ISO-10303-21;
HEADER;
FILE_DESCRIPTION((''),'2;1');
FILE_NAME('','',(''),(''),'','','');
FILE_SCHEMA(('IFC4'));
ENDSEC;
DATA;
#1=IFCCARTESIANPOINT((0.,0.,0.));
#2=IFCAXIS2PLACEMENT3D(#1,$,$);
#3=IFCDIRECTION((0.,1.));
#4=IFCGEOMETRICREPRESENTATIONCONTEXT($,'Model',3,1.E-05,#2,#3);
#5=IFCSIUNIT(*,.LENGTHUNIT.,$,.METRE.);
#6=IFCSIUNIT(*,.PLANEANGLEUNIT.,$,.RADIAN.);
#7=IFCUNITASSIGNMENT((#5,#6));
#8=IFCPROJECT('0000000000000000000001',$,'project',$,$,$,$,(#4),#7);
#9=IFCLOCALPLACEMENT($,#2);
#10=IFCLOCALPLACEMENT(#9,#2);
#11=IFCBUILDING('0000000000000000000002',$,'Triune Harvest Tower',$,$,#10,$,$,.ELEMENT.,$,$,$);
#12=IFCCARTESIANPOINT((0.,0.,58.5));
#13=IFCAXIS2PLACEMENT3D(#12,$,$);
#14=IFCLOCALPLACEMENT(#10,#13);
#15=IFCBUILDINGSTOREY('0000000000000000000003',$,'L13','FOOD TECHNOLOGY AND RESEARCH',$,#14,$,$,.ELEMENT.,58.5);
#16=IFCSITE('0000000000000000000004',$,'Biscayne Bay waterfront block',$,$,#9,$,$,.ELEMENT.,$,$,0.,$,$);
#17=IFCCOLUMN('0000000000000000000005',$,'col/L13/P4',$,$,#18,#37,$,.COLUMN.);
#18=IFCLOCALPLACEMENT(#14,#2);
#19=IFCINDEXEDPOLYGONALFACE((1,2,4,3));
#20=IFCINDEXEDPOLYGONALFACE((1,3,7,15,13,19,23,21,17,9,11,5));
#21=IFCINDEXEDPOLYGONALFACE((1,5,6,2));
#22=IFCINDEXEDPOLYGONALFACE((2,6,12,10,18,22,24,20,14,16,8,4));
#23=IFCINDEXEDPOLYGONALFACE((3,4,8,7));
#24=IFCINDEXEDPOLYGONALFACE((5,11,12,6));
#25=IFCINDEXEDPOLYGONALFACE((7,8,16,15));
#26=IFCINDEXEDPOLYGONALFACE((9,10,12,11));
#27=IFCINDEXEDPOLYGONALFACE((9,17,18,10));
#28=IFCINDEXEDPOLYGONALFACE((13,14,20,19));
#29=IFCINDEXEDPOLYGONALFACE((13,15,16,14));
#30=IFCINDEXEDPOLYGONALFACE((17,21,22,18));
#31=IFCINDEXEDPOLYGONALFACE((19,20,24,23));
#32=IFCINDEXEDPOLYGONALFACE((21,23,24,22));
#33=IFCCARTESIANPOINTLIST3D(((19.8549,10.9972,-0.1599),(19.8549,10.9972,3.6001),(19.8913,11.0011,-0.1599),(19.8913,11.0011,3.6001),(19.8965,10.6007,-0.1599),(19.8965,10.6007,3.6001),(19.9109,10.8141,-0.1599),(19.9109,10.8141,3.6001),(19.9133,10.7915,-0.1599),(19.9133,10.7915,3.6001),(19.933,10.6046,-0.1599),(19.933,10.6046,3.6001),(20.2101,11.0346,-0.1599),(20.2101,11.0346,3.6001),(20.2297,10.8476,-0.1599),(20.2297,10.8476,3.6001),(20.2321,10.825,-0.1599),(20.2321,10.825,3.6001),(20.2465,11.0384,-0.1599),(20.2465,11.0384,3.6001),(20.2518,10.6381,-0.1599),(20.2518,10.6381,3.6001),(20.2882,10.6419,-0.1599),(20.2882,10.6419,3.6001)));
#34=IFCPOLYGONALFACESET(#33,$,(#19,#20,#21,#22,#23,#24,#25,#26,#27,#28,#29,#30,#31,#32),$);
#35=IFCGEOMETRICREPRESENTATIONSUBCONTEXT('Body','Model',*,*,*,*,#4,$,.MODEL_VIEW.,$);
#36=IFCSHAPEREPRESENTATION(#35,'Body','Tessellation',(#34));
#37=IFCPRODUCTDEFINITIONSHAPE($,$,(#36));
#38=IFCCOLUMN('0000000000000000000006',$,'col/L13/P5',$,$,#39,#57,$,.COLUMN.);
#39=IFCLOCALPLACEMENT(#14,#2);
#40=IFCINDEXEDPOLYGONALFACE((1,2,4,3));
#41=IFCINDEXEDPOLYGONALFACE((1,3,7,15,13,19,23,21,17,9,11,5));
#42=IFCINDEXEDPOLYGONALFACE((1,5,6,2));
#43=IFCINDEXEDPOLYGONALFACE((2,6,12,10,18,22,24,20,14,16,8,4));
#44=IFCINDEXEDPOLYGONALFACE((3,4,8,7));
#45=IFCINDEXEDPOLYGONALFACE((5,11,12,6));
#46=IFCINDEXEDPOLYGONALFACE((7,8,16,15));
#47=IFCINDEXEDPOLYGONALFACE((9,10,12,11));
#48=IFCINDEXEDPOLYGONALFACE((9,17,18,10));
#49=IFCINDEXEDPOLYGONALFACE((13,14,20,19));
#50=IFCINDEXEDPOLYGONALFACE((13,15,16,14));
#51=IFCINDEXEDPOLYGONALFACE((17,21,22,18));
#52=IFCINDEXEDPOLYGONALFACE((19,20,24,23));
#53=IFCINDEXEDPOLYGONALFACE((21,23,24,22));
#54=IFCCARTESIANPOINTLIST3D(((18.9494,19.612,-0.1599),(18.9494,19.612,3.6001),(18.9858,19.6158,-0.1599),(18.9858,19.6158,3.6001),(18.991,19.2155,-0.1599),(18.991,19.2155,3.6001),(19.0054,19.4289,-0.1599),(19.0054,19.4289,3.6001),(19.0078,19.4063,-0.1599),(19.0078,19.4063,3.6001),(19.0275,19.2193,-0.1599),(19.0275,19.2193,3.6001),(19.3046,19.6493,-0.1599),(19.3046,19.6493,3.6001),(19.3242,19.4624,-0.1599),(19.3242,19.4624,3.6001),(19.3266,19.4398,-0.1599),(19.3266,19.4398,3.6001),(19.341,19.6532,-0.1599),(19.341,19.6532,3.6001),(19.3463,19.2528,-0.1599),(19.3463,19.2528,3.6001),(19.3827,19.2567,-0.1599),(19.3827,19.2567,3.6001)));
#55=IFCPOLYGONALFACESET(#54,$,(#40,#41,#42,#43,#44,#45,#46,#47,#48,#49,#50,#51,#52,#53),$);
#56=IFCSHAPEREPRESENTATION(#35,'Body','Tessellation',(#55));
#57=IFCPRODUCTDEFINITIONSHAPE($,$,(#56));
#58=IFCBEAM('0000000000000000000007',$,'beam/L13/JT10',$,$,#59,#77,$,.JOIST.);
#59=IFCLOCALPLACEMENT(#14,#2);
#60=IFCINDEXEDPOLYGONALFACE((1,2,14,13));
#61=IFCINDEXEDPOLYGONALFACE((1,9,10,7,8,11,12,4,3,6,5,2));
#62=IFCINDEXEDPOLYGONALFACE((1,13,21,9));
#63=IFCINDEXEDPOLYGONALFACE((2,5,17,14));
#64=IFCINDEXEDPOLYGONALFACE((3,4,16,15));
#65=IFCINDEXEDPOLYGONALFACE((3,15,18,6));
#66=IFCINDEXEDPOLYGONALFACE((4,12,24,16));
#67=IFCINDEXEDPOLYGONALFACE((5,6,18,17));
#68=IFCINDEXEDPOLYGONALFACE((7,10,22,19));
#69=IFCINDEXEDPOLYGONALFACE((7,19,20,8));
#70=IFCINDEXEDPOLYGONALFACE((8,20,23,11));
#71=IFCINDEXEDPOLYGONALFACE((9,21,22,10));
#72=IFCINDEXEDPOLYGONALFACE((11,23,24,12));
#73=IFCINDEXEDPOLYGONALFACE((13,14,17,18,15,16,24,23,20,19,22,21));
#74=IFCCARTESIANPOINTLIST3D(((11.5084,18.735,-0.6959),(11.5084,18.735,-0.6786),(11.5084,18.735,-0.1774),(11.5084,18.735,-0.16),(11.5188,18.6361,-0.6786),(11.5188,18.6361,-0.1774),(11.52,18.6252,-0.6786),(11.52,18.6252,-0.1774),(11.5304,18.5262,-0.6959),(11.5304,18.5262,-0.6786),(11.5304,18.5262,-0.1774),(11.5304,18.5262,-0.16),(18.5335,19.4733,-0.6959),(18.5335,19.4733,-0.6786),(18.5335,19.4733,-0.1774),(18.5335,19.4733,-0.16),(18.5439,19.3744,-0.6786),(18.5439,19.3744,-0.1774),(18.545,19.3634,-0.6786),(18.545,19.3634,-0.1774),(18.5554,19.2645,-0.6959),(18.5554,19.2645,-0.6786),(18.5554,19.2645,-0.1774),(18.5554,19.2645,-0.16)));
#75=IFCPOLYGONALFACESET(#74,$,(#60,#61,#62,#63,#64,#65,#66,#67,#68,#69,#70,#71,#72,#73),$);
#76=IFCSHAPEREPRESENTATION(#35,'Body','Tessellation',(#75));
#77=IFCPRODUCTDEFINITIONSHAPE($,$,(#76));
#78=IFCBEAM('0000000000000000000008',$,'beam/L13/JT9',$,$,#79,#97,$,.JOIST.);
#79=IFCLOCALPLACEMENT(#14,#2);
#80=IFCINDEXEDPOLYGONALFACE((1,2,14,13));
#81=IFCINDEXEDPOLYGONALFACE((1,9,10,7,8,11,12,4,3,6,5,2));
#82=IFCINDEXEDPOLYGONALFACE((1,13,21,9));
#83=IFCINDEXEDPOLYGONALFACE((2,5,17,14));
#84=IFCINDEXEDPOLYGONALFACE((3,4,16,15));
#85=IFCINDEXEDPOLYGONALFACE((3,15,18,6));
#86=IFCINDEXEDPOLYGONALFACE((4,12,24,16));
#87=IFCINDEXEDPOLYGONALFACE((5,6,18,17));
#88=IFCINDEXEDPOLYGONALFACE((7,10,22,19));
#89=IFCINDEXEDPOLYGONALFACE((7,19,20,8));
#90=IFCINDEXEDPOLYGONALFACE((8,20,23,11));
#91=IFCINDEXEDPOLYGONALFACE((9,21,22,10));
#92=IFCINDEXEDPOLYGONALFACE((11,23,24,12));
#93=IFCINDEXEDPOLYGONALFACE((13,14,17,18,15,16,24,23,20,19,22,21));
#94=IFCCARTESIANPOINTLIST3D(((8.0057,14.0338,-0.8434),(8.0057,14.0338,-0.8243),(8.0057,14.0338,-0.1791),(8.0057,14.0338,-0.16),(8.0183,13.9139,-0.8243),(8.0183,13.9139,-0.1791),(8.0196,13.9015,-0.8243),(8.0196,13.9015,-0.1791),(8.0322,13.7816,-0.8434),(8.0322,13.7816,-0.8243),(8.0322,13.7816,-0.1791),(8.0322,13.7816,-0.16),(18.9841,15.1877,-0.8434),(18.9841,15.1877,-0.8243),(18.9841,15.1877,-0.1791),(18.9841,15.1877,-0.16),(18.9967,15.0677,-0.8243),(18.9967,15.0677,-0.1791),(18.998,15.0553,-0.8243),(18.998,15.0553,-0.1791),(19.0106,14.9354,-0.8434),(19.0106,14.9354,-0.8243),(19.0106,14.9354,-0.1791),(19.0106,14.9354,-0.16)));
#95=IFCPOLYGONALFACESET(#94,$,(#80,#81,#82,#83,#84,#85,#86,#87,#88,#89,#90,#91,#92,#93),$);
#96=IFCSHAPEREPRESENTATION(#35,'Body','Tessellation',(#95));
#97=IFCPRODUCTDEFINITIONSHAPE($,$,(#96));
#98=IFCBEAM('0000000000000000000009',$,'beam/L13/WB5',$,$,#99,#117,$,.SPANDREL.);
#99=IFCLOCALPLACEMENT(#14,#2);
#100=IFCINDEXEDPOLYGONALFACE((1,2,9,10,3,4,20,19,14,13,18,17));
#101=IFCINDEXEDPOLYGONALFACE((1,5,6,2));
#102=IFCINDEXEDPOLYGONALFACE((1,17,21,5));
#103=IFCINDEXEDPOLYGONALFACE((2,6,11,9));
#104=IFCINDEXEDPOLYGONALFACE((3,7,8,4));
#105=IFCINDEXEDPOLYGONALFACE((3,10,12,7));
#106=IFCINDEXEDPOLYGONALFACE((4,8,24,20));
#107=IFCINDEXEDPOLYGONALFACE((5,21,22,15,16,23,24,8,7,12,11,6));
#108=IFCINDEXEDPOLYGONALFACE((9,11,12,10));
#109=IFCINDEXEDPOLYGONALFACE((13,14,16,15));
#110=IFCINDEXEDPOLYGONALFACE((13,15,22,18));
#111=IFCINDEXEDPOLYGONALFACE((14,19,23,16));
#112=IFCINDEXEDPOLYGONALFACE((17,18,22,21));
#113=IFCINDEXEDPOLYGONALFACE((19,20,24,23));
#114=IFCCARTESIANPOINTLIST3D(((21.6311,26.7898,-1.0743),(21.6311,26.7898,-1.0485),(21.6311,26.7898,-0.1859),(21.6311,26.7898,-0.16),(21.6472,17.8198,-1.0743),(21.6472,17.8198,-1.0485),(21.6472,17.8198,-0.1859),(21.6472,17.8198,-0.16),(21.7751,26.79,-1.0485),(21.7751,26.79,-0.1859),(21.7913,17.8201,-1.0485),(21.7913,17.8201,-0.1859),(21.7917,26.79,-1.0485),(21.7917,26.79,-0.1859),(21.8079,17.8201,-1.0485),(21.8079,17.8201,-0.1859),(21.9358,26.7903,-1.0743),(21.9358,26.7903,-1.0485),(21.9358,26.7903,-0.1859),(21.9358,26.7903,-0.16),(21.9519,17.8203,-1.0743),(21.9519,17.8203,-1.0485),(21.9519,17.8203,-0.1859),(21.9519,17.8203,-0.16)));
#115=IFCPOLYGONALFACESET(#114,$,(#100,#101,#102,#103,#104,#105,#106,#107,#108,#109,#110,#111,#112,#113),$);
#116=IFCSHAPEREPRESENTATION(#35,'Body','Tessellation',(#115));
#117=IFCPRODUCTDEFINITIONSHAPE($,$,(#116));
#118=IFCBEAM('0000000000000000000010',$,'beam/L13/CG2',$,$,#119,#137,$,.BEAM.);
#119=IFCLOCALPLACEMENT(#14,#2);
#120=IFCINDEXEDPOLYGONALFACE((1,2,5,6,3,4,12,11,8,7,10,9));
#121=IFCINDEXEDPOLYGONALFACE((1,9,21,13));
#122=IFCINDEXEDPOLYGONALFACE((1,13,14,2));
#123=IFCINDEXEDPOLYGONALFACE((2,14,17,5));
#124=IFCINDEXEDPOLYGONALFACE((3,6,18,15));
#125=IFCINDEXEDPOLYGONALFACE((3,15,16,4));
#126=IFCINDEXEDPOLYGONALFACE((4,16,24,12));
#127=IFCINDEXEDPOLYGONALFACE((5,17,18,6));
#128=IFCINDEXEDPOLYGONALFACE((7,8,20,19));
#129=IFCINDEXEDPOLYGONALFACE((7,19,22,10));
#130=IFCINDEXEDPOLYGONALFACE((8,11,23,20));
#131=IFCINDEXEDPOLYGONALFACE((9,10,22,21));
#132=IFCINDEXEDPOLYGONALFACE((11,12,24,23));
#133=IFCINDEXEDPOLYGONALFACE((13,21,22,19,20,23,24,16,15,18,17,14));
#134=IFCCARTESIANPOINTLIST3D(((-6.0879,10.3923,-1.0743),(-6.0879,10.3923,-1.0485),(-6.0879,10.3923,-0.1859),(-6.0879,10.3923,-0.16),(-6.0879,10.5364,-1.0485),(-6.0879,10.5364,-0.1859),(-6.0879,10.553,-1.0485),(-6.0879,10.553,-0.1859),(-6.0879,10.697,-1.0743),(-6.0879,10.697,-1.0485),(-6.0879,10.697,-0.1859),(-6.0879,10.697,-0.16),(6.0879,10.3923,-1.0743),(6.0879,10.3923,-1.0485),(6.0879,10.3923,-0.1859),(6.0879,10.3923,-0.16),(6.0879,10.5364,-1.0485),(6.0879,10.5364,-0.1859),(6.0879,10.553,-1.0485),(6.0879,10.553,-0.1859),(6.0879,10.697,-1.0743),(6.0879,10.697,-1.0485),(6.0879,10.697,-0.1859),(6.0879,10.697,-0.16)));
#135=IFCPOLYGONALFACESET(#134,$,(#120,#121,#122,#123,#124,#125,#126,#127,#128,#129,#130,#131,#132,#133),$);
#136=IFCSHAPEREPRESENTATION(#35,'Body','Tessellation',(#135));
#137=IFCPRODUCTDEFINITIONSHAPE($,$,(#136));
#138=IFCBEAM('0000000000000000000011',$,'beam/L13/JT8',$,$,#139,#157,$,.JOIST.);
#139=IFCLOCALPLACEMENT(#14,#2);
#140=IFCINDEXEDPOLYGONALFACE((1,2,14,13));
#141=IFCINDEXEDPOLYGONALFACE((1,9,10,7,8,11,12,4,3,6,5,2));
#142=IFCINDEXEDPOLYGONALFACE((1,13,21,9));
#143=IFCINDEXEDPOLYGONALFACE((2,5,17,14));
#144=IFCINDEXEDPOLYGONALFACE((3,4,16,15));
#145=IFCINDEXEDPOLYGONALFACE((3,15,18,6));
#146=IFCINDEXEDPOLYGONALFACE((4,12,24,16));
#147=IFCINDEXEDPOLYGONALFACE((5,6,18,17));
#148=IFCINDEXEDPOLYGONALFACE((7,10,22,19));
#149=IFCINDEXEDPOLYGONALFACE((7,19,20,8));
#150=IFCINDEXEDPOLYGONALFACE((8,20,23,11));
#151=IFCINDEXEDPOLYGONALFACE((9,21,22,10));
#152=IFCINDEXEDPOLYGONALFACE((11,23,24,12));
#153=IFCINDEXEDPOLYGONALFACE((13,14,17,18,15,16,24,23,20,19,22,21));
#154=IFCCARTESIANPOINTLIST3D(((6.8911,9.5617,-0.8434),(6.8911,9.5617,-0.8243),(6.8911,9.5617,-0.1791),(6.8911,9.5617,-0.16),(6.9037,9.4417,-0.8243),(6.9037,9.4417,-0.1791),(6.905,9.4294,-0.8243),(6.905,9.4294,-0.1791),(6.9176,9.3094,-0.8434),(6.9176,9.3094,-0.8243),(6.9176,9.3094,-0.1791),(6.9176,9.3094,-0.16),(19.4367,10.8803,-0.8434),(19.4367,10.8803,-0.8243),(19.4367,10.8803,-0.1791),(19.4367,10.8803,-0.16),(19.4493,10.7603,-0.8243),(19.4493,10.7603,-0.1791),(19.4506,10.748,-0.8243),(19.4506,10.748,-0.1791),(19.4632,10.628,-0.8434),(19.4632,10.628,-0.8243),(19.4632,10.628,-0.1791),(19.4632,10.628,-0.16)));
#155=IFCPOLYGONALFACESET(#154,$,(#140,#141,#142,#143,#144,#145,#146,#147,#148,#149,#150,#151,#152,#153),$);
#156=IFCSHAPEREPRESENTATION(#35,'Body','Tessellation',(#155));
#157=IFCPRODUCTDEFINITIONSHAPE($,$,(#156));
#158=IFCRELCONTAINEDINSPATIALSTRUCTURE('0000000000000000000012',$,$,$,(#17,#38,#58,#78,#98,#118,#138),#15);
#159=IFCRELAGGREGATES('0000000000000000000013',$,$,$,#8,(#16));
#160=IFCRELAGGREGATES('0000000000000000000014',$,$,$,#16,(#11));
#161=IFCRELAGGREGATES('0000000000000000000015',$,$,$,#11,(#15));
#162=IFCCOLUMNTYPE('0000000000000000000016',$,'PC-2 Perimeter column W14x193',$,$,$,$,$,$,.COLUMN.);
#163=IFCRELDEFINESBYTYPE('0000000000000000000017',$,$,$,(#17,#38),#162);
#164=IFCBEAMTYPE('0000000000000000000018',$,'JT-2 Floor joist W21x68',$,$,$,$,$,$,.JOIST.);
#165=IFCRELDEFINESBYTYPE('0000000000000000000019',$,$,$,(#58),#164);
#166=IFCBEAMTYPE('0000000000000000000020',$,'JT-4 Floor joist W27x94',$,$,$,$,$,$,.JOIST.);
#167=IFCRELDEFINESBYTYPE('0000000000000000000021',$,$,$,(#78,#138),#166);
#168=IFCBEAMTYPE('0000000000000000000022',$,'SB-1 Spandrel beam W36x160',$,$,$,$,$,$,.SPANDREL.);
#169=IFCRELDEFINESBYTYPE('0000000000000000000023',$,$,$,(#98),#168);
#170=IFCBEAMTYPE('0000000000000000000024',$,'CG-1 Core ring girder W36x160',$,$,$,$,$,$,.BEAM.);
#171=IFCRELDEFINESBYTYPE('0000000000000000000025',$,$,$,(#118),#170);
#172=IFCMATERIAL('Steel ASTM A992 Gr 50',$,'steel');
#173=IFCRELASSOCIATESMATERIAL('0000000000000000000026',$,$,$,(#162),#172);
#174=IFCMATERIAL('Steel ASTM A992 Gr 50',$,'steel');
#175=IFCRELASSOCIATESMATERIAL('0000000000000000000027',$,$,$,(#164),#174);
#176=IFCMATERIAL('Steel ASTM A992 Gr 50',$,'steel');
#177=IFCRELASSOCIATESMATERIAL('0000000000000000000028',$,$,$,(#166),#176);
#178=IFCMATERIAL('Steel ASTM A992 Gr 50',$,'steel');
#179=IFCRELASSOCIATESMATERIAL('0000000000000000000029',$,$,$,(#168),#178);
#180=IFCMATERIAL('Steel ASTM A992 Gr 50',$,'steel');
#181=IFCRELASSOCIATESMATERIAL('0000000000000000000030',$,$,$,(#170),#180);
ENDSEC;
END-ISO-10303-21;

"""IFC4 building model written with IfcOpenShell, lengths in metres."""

from ifc_helpers import new_model, si_unit, direction, frame, origin, origin_2d, place, context, subcontext, project, spatial, i_section, extrude, source, transform, mapped, material, material_profile, profile_set, type_object, element, save


model = new_model("IFC4")

# Units and contexts
model_context = context("Model", 3, precision=1e-05, world=origin(), true_north=direction((0.0, 1.0)))
body_context = subcontext(model_context, "Body", "Model", "MODEL_VIEW")
ifc_project = project(units=[si_unit("LENGTHUNIT", "METRE"), si_unit("PLANEANGLEUNIT", "RADIAN")], contexts=[model_context])

# Site, building, storey
site_placement = place(None, origin())
site = spatial("IfcSite", under=ifc_project, at=site_placement, Name="Biscayne Bay waterfront block", CompositionType="ELEMENT", RefElevation=0.0)
building_placement = place(site_placement, origin())
building = spatial("IfcBuilding", under=site, at=building_placement, Name="Triune Harvest Tower", CompositionType="ELEMENT")
storey_placement = place(building_placement, frame((0.0, 0.0, 58.5)))
storey = spatial("IfcBuildingStorey", under=building, at=storey_placement, Name="L13", Description="FOOD TECHNOLOGY AND RESEARCH", CompositionType="ELEMENT", Elevation=58.5)

# Columns
ifc_material_1 = material(Name="Steel ASTM A992 Gr 50", Category="steel")
ifc_material_profile_1 = material_profile(ifc_material_1, i_section(OverallWidth=0.3987, OverallDepth=0.3938, WebThickness=0.0227, FlangeThickness=0.0366, at=origin_2d()), Name="W14x193")
ifc_profile_set_1 = profile_set([ifc_material_profile_1], Name="Steel ASTM A992 Gr 50")
column_type = type_object("IfcColumnType", Name="PC-2 Perimeter column W14x193", PredefinedType="COLUMN", material=ifc_profile_set_1)
shared_shape_1 = source(origin(), body_context, "Body", "SweptSolid", [
    extrude(i_section(OverallWidth=0.3987, OverallDepth=0.3938, WebThickness=0.0227, FlangeThickness=0.0366, at=origin_2d()), origin(), (0.0, 0.0, 1.0), 3.76),
])
for number, where, z_axis, x_axis, name in (
    (1, (20.0715, 10.8196, -0.1599), (0.0, 0.0, 1.0), (-0.104527, 0.994522, 0.0), "col/L13/P4"),
    (2, (19.166, 19.4343, -0.1599), (0.0, 0.0, 1.0), (-0.104527, 0.994522, 0.0), "col/L13/P5"),
):
    element("IfcColumn", number, at=place(storey_placement, frame(where, z_axis=z_axis, x_axis=x_axis)), inside=storey, type_object=column_type, Name=name, PredefinedType="COLUMN", context=body_context, shape_type="MappedRepresentation", body=[
        mapped(shared_shape_1, transform((0.0, 0.0, 0.0), scale=1.0)),
    ])

# Beams
ifc_material_2 = material(Name="Steel ASTM A992 Gr 50", Category="steel")
ifc_material_profile_2 = material_profile(ifc_material_2, i_section(OverallWidth=0.21, OverallDepth=0.5359, WebThickness=0.011, FlangeThickness=0.0173, at=origin_2d()), Name="W21x68")
ifc_profile_set_2 = profile_set([ifc_material_profile_2], Name="Steel ASTM A992 Gr 50")
beam_type_1 = type_object("IfcBeamType", Name="JT-2 Floor joist W21x68", PredefinedType="JOIST", material=ifc_profile_set_2)
beam_1_placement = place(storey_placement, frame((18.5444, 19.3689, -0.428), z_axis=(-0.994523, -0.104516, 0.0), x_axis=(0.104516, -0.994523, 0.0)))
element("IfcBeam", 3, at=beam_1_placement, inside=storey, type_object=beam_type_1, Name="beam/L13/JT10", PredefinedType="JOIST", context=body_context, shape_type="SweptSolid", body=[
    extrude(i_section(OverallWidth=0.21, OverallDepth=0.5359, WebThickness=0.011, FlangeThickness=0.0173, at=origin_2d()), origin(), (0.0, 0.0, 1.0), 7.0637),
])
ifc_material_3 = material(Name="Steel ASTM A992 Gr 50", Category="steel")
ifc_material_profile_3 = material_profile(ifc_material_3, i_section(OverallWidth=0.2537, OverallDepth=0.6833, WebThickness=0.0125, FlangeThickness=0.019, at=origin_2d()), Name="W27x94")
ifc_profile_set_3 = profile_set([ifc_material_profile_3], Name="Steel ASTM A992 Gr 50")
beam_type_2 = type_object("IfcBeamType", Name="JT-4 Floor joist W27x94", PredefinedType="JOIST", material=ifc_profile_set_3)
beam_2_placement = place(storey_placement, frame((18.9973, 15.0615, -0.5017), z_axis=(-0.994522, -0.104524, 0.0), x_axis=(0.104524, -0.994522, 0.0)))
element("IfcBeam", 4, at=beam_2_placement, inside=storey, type_object=beam_type_2, Name="beam/L13/JT9", PredefinedType="JOIST", context=body_context, shape_type="SweptSolid", body=[
    extrude(i_section(OverallWidth=0.2537, OverallDepth=0.6833, WebThickness=0.0125, FlangeThickness=0.019, at=origin_2d()), origin(), (0.0, 0.0, 1.0), 11.0388),
])
ifc_material_4 = material(Name="Steel ASTM A992 Gr 50", Category="steel")
ifc_material_profile_4 = material_profile(ifc_material_4, i_section(OverallWidth=0.3047, OverallDepth=0.9143, WebThickness=0.0166, FlangeThickness=0.0259, at=origin_2d()), Name="W36x160")
ifc_profile_set_4 = profile_set([ifc_material_profile_4], Name="Steel ASTM A992 Gr 50")
beam_type_3 = type_object("IfcBeamType", Name="SB-1 Spandrel beam W36x160", PredefinedType="SPANDREL", material=ifc_profile_set_4)
beam_3_placement = place(storey_placement, frame((21.7996, 17.8201, -0.6172), z_axis=(-0.001796, 0.999998, 0.0), x_axis=(-0.999998, -0.001796, 0.0)))
element("IfcBeam", 5, at=beam_3_placement, inside=storey, type_object=beam_type_3, Name="beam/L13/WB5", PredefinedType="SPANDREL", context=body_context, shape_type="SweptSolid", body=[
    extrude(i_section(OverallWidth=0.3047, OverallDepth=0.9143, WebThickness=0.0166, FlangeThickness=0.0259, at=origin_2d()), origin(), (0.0, 0.0, 1.0), 8.97),
])
ifc_material_5 = material(Name="Steel ASTM A992 Gr 50", Category="steel")
ifc_material_profile_5 = material_profile(ifc_material_5, i_section(OverallWidth=0.3047, OverallDepth=0.9143, WebThickness=0.0166, FlangeThickness=0.0259, at=origin_2d()), Name="W36x160")
ifc_profile_set_5 = profile_set([ifc_material_profile_5], Name="Steel ASTM A992 Gr 50")
beam_type_4 = type_object("IfcBeamType", Name="CG-1 Core ring girder W36x160", PredefinedType="BEAM", material=ifc_profile_set_5)
shared_shape_2 = source(origin(), body_context, "Body", "SweptSolid", [
    extrude(i_section(OverallWidth=0.3047, OverallDepth=0.9143, WebThickness=0.0166, FlangeThickness=0.0259, at=origin_2d()), origin(), (0.0, 0.0, 1.0), 12.1758),
])
beam_4_placement = place(storey_placement, frame((6.0879, 10.5447, -0.6172), z_axis=(-1.0, 0.0, 0.0), x_axis=(0.0, -1.0, 0.0)))
element("IfcBeam", 6, at=beam_4_placement, inside=storey, type_object=beam_type_4, Name="beam/L13/CG2", PredefinedType="BEAM", context=body_context, shape_type="MappedRepresentation", body=[
    mapped(shared_shape_2, transform((0.0, 0.0, 0.0), scale=1.0)),
])
shared_shape_3 = source(origin(), body_context, "Body", "SweptSolid", [
    extrude(i_section(OverallWidth=0.2537, OverallDepth=0.6833, WebThickness=0.0125, FlangeThickness=0.019, at=origin_2d()), origin(), (0.0, 0.0, 1.0), 12.6147),
])
beam_5_placement = place(storey_placement, frame((19.45, 10.7542, -0.5017), z_axis=(-0.994522, -0.104529, 0.0), x_axis=(0.104529, -0.994522, 0.0)))
element("IfcBeam", 7, at=beam_5_placement, inside=storey, type_object=beam_type_2, Name="beam/L13/JT8", PredefinedType="JOIST", context=body_context, shape_type="MappedRepresentation", body=[
    mapped(shared_shape_3, transform((0.0, 0.0, 0.0), scale=1.0)),
])

save(model, "model.ifc")
